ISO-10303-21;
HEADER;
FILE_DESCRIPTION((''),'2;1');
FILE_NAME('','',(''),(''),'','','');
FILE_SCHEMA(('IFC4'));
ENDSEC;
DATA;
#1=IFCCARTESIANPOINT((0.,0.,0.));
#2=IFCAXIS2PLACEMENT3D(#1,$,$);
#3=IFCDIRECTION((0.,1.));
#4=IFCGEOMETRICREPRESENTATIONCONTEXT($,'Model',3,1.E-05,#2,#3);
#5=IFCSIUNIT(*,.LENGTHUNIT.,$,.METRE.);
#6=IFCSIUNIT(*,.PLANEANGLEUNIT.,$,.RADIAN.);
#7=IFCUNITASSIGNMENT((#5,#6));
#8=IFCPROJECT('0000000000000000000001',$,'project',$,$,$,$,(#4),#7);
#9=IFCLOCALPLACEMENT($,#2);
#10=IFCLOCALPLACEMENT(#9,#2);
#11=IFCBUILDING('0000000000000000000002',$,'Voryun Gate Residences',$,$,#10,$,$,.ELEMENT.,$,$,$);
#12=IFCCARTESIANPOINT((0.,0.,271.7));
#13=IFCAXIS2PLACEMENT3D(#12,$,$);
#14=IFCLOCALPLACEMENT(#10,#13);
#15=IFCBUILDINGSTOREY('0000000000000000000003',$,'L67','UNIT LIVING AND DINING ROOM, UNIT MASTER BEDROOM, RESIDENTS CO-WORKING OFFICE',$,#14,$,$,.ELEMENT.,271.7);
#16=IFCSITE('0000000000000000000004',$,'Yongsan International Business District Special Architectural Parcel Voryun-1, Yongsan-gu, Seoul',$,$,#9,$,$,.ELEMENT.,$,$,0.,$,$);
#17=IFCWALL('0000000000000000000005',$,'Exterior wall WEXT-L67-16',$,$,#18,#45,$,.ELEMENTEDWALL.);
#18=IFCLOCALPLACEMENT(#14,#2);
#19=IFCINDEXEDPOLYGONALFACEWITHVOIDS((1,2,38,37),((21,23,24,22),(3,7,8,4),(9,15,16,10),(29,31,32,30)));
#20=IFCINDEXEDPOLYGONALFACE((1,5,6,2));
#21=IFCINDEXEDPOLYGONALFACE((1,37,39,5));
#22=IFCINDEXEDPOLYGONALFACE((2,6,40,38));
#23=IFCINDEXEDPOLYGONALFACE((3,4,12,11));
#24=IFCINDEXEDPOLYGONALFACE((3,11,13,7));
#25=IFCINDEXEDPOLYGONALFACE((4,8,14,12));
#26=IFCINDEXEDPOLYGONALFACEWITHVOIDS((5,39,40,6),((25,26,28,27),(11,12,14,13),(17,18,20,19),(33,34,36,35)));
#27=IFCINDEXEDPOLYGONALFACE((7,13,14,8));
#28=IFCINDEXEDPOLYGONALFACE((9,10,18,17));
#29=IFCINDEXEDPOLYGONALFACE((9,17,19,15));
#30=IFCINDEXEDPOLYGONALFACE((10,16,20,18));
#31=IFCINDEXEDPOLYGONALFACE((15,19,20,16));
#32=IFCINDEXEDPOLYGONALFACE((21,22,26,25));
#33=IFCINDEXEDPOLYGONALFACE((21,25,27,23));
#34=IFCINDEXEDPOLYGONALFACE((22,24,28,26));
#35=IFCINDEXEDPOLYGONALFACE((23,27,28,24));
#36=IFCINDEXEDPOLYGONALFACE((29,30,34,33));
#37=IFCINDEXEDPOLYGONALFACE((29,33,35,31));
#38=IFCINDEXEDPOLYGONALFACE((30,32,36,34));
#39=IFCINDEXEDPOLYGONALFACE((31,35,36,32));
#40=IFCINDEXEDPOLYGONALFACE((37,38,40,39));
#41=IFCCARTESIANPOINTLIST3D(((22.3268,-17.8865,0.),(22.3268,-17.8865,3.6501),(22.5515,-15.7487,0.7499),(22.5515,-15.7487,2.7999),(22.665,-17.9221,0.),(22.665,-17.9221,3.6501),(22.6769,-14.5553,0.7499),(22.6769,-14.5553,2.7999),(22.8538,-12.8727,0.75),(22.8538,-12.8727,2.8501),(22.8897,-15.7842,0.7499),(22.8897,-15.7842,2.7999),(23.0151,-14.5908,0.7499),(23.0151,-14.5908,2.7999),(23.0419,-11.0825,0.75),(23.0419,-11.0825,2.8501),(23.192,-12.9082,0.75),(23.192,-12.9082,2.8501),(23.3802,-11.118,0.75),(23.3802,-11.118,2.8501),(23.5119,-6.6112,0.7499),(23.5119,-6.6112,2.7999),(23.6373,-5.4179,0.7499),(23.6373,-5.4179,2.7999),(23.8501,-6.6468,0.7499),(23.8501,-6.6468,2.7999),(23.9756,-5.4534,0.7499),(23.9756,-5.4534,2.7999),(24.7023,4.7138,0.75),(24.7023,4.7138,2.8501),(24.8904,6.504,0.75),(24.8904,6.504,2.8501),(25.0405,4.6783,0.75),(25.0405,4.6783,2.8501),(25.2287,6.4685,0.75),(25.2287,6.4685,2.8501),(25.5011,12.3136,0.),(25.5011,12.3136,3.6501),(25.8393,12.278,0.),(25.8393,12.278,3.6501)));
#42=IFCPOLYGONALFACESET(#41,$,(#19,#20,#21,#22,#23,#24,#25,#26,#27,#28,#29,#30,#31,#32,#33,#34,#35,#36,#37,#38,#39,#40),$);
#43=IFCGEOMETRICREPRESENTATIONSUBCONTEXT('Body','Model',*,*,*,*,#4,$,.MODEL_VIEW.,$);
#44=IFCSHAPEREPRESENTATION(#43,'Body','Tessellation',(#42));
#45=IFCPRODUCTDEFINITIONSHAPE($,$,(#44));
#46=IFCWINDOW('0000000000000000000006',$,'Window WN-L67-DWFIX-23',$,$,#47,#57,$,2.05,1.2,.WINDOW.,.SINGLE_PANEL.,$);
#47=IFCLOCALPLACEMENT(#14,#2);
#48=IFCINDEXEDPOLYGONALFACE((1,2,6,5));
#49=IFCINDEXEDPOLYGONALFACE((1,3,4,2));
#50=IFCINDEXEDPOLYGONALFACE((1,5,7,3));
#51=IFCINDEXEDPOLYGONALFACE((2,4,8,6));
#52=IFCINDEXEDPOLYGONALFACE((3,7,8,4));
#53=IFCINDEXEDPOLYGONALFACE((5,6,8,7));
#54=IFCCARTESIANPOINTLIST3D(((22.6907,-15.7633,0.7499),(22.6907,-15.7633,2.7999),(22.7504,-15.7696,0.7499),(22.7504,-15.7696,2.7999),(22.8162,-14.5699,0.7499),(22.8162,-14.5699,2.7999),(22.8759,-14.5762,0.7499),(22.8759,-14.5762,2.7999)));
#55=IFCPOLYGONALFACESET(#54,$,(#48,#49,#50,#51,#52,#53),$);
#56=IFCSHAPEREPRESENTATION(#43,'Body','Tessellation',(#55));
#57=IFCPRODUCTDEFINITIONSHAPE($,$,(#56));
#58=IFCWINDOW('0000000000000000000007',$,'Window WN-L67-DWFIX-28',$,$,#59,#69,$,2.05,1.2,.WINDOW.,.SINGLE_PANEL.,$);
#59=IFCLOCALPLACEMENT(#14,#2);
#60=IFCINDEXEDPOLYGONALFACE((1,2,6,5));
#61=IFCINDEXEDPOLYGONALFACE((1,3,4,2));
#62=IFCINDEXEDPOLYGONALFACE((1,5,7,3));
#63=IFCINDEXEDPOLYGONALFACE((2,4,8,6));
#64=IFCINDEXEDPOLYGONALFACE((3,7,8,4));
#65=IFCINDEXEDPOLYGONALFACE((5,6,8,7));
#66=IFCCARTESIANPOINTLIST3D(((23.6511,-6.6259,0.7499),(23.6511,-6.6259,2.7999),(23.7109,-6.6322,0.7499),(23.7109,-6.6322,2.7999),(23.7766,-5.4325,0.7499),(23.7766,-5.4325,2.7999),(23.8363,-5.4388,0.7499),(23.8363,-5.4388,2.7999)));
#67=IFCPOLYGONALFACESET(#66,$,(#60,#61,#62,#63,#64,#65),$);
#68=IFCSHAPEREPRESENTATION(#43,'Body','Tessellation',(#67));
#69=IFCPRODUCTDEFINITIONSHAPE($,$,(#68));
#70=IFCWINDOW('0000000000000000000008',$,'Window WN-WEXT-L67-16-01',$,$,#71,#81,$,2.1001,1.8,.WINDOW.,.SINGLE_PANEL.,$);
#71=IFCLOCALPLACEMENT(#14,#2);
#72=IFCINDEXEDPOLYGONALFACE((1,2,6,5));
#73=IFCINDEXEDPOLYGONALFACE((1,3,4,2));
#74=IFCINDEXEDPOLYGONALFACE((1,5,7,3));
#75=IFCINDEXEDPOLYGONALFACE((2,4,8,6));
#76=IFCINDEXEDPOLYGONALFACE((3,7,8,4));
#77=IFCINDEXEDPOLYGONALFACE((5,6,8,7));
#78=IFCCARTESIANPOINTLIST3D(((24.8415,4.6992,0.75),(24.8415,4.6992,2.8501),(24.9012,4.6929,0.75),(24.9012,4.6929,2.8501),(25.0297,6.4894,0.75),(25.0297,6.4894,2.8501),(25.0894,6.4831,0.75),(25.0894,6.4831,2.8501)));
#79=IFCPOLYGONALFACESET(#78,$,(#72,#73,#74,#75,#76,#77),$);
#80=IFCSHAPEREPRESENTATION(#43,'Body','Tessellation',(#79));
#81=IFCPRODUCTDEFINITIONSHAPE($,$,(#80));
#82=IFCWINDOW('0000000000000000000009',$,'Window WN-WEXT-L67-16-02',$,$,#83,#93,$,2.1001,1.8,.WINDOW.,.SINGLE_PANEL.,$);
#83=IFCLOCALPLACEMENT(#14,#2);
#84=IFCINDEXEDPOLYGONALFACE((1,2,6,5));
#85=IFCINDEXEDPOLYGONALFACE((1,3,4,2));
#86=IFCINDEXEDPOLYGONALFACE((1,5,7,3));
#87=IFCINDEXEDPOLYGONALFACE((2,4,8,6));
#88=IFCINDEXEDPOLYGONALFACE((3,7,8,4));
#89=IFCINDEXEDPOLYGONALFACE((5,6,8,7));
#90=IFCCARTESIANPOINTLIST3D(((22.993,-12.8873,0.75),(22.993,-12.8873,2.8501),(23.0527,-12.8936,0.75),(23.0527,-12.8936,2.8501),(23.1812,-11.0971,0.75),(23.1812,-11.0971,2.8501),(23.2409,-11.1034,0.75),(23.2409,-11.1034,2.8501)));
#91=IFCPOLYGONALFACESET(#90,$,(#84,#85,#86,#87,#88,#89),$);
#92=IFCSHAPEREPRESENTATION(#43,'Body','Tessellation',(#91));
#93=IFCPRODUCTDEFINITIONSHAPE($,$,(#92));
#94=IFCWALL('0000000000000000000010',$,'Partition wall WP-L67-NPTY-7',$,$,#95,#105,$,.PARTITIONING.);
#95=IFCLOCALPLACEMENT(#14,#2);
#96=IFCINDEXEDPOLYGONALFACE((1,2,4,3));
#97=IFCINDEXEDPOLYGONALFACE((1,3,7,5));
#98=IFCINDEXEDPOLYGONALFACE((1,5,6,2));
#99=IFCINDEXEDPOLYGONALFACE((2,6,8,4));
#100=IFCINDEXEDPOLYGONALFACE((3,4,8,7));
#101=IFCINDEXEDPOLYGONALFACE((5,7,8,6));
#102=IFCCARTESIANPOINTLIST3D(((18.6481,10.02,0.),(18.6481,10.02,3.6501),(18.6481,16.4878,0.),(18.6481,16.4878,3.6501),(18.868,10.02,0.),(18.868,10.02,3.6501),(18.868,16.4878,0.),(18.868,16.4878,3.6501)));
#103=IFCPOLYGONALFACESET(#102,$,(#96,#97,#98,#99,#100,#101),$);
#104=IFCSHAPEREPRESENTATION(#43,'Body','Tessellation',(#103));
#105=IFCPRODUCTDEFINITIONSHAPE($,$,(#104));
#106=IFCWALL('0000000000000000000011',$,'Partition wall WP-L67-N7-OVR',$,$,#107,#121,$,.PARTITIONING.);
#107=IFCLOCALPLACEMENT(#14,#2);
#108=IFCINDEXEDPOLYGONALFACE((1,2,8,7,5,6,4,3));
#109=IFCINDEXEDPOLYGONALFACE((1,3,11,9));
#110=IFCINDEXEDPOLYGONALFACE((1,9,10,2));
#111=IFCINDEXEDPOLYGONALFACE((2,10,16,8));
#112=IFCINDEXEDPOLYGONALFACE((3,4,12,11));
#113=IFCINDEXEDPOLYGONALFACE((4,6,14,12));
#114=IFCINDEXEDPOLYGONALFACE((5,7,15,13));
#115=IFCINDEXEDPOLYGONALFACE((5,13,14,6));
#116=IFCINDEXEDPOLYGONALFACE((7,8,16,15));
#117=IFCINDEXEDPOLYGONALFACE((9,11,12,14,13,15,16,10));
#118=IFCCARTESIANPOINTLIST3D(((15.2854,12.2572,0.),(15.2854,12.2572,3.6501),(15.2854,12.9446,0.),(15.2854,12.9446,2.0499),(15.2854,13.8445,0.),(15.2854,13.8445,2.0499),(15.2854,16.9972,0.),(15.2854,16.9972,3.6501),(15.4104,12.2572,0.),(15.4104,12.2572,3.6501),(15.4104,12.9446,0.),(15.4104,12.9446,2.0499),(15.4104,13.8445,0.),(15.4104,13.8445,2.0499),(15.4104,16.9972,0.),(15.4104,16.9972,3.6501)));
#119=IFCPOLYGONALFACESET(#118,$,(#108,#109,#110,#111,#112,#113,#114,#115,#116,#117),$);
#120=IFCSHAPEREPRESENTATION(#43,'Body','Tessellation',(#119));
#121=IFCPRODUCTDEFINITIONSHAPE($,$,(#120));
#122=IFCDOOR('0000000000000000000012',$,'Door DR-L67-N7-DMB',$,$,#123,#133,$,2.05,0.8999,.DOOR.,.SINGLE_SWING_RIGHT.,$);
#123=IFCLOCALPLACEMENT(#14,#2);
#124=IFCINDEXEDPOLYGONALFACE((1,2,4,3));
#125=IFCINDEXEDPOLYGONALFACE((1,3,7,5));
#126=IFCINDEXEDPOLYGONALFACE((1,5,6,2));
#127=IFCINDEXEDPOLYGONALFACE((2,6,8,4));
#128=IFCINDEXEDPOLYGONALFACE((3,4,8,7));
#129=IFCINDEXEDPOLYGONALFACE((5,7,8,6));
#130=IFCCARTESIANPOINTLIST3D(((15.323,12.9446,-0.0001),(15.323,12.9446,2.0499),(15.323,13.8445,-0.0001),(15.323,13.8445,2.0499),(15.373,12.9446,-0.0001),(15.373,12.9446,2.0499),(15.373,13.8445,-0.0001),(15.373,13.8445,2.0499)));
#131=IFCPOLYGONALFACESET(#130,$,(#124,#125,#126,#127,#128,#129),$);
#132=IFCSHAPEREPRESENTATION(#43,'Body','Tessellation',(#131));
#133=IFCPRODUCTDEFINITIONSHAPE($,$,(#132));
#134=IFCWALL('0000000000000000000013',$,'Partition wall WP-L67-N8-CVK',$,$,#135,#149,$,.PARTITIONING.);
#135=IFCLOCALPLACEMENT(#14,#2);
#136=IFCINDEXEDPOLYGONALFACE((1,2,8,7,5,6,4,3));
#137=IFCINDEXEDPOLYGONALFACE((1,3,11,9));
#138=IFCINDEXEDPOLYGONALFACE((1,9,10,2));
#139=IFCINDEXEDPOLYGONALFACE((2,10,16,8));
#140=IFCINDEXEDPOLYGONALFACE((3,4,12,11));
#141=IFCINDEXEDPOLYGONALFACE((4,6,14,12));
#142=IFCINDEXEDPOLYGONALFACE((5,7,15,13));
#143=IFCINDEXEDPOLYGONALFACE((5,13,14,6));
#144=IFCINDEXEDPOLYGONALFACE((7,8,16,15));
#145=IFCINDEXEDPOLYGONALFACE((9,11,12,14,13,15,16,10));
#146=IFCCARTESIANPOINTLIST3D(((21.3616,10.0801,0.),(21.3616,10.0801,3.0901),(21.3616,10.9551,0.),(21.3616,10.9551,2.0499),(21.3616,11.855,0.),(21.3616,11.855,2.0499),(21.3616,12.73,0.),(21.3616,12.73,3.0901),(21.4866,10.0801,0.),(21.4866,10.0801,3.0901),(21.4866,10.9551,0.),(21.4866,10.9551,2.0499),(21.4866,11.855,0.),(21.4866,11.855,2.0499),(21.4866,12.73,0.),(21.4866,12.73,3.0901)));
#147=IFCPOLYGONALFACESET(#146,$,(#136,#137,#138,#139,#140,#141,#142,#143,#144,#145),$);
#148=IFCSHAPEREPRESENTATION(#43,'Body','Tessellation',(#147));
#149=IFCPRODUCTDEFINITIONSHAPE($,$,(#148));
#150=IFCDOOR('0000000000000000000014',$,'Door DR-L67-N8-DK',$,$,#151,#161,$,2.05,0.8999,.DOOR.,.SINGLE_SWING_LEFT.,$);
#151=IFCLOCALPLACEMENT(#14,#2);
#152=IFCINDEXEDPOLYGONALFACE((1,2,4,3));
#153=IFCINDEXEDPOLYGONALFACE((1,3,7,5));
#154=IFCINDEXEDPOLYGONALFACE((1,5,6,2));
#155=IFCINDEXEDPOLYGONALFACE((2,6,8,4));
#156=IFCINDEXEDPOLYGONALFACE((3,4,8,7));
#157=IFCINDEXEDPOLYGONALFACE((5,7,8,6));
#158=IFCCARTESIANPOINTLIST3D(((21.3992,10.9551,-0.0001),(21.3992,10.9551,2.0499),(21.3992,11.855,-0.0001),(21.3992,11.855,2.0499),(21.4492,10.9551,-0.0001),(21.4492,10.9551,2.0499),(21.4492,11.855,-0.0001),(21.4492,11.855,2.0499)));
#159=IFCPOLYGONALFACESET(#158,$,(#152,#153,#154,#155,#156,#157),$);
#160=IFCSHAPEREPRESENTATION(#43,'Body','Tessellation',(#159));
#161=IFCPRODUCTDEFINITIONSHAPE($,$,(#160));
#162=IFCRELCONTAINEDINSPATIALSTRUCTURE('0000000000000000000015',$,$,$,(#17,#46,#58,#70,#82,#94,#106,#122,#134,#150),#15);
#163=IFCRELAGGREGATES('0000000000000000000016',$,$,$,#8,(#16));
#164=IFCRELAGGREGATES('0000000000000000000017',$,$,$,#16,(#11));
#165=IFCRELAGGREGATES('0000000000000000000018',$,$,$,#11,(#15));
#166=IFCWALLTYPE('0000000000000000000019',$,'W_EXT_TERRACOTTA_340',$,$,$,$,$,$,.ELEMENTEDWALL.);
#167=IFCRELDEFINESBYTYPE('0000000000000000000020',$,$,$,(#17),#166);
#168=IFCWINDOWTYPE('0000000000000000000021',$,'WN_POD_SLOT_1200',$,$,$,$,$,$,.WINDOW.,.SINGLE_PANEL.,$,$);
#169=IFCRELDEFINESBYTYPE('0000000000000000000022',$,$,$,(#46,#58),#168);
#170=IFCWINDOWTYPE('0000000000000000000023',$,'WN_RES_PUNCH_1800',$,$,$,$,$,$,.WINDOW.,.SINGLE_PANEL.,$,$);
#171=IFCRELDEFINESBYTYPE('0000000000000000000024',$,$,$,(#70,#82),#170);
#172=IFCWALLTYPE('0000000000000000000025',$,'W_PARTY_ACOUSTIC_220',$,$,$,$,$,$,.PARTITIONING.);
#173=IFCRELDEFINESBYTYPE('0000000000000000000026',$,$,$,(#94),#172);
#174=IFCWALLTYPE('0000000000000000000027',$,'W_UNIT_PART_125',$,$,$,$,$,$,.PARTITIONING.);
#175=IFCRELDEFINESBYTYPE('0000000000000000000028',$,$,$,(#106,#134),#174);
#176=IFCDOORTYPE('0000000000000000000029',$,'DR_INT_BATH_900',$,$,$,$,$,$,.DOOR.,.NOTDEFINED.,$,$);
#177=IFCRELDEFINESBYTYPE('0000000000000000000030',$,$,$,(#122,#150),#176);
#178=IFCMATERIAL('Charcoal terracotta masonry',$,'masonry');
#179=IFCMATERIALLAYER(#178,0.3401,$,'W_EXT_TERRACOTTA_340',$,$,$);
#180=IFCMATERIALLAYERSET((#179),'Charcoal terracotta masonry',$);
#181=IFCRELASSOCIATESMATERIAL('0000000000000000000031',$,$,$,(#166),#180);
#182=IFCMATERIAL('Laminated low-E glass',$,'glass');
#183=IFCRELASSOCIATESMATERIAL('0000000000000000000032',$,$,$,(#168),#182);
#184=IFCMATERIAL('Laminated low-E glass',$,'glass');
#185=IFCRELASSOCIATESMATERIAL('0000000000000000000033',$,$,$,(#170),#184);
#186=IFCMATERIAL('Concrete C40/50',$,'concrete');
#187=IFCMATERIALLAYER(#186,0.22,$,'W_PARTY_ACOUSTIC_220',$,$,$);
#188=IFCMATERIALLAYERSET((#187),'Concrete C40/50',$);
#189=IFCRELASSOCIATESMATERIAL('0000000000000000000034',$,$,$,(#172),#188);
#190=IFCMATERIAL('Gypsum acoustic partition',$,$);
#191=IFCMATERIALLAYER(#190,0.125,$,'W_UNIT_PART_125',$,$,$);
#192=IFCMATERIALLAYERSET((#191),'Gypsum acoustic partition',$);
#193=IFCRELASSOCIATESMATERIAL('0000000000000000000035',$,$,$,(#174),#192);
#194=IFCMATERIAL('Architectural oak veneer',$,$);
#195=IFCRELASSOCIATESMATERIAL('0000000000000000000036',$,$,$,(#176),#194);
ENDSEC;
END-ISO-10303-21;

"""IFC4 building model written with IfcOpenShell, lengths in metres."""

from ifc_helpers import new_model, si_unit, direction, frame, frame_2d, origin, place, context, subcontext, project, spatial, rectangle, extrude, material, layer, layer_set, type_object, element, fill, save


model = new_model("IFC4")

# Units and contexts
model_context = context("Model", 3, precision=1e-05, world=origin(), true_north=direction((0.0, 1.0)))
body_context = subcontext(model_context, "Body", "Model", "MODEL_VIEW")
ifc_project = project(units=[si_unit("LENGTHUNIT", "METRE"), si_unit("PLANEANGLEUNIT", "RADIAN")], contexts=[model_context])

# Site, building, storey
site_placement = place(None, origin())
site = spatial("IfcSite", under=ifc_project, at=site_placement, Name="Yongsan International Business District Special Architectural Parcel Voryun-1, Yongsan-gu, Seoul", CompositionType="ELEMENT", RefElevation=0.0)
building_placement = place(site_placement, origin())
building = spatial("IfcBuilding", under=site, at=building_placement, Name="Voryun Gate Residences", CompositionType="ELEMENT")
storey_placement = place(building_placement, frame((0.0, 0.0, 271.7)))
storey = spatial("IfcBuildingStorey", under=building, at=storey_placement, Name="L67", Description="UNIT LIVING AND DINING ROOM, UNIT MASTER BEDROOM, RESIDENTS CO-WORKING OFFICE", CompositionType="ELEMENT", Elevation=271.7)

# Shared definitions
ifc_material_1 = material(Name="Charcoal terracotta masonry", Category="masonry")
ifc_layer_1 = layer(ifc_material_1, 0.3401, Name="W_EXT_TERRACOTTA_340")
ifc_layer_set_1 = layer_set([ifc_layer_1], Name="Charcoal terracotta masonry")
wall_type_1 = type_object("IfcWallType", Name="W_EXT_TERRACOTTA_340", PredefinedType="ELEMENTEDWALL", material=ifc_layer_set_1)

# Wall, openings, windows
wall_1_placement = place(storey_placement, frame((25.6702, 12.2957, 0.0), z_axis=(0.0, 0.0, 1.0), x_axis=(-0.104533, -0.994521, 0.0)))
wall_1 = element("IfcWall", 1, at=wall_1_placement, inside=storey, type_object=wall_type_1, Name="Exterior wall WEXT-L67-16", PredefinedType="ELEMENTEDWALL", context=body_context, shape_type="SweptSolid", body=[
    extrude(rectangle(XDim=30.3665, YDim=0.3401, at=frame_2d((15.1831, 0.0))), origin(), (0.0, 0.0, 1.0), 3.6501),
])
opening_1_placement = place(wall_1_placement, frame((5.8416, 0.0, 0.75)))
opening_1 = element("IfcOpeningElement", 2, at=opening_1_placement, cuts=wall_1, PredefinedType="OPENING", context=body_context, shape_type="SweptSolid", body=[
    extrude(rectangle(XDim=1.8, YDim=2.1001, at=frame_2d((0.8999, 1.05))), frame((0.0, 0.1799, 0.0), z_axis=(0.0, -1.0, 0.0), x_axis=(1.0, 0.0, 0.0)), (0.0, 0.0, 1.0), 0.3601),
])
opening_2_placement = place(wall_1_placement, frame((23.5249, 0.0, 0.75)))
opening_2 = element("IfcOpeningElement", 3, at=opening_2_placement, cuts=wall_1, PredefinedType="OPENING", context=body_context, shape_type="SweptSolid", body=[
    extrude(rectangle(XDim=1.8, YDim=2.1001, at=frame_2d((0.8999, 1.05))), frame((0.0, 0.1799, 0.0), z_axis=(0.0, -1.0, 0.0), x_axis=(1.0, 0.0, 0.0)), (0.0, 0.0, 1.0), 0.3601),
])
opening_3_placement = place(wall_1_placement, frame((27.0166, 0.0, 0.75)))
opening_3 = element("IfcOpeningElement", 4, at=opening_3_placement, cuts=wall_1, PredefinedType="OPENING", context=body_context, shape_type="SweptSolid", body=[
    extrude(rectangle(XDim=1.2, YDim=2.05, at=frame_2d((0.6001, 1.0249))), frame((0.0, 0.1799, 0.0), z_axis=(0.0, -1.0, 0.0), x_axis=(1.0, 0.0, 0.0)), (0.0, 0.0, 1.0), 0.3601),
])
opening_4_placement = place(wall_1_placement, frame((17.8289, 0.0, 0.75)))
opening_4 = element("IfcOpeningElement", 5, at=opening_4_placement, cuts=wall_1, PredefinedType="OPENING", context=body_context, shape_type="SweptSolid", body=[
    extrude(rectangle(XDim=1.2, YDim=2.05, at=frame_2d((0.6001, 1.0249))), frame((0.0, 0.1799, 0.0), z_axis=(0.0, -1.0, 0.0), x_axis=(1.0, 0.0, 0.0)), (0.0, 0.0, 1.0), 0.3601),
])
ifc_material_2 = material(Name="Laminated low-E glass", Category="glass")
window_type_1 = type_object("IfcWindowType", Name="WN_POD_SLOT_1200", PartitioningType="SINGLE_PANEL", PredefinedType="WINDOW", material=ifc_material_2)
window_1_placement = place(opening_3_placement, origin())
window_1 = element("IfcWindow", 6, at=window_1_placement, inside=storey, type_object=window_type_1, Name="Window WN-L67-DWFIX-23", OverallHeight=2.05, OverallWidth=1.2, PartitioningType="SINGLE_PANEL", PredefinedType="WINDOW", context=body_context, shape_type="SweptSolid", body=[
    extrude(rectangle(XDim=1.2, YDim=2.05, at=frame_2d((0.6001, 1.0249))), frame((0.0, 0.03, 0.0), z_axis=(0.0, -1.0, 0.0), x_axis=(1.0, 0.0, 0.0)), (0.0, 0.0, 1.0), 0.0601),
])
fill(opening_3, window_1)
window_2_placement = place(opening_4_placement, origin())
window_2 = element("IfcWindow", 7, at=window_2_placement, inside=storey, type_object=window_type_1, Name="Window WN-L67-DWFIX-28", OverallHeight=2.05, OverallWidth=1.2, PartitioningType="SINGLE_PANEL", PredefinedType="WINDOW", context=body_context, shape_type="SweptSolid", body=[
    extrude(rectangle(XDim=1.2, YDim=2.05, at=frame_2d((0.6001, 1.0249))), frame((0.0, 0.03, 0.0), z_axis=(0.0, -1.0, 0.0), x_axis=(1.0, 0.0, 0.0)), (0.0, 0.0, 1.0), 0.0601),
])
fill(opening_4, window_2)
ifc_material_3 = material(Name="Laminated low-E glass", Category="glass")
window_type_2 = type_object("IfcWindowType", Name="WN_RES_PUNCH_1800", PartitioningType="SINGLE_PANEL", PredefinedType="WINDOW", material=ifc_material_3)
window_3_placement = place(opening_1_placement, origin())
window_3 = element("IfcWindow", 8, at=window_3_placement, inside=storey, type_object=window_type_2, Name="Window WN-WEXT-L67-16-01", OverallHeight=2.1001, OverallWidth=1.8, PartitioningType="SINGLE_PANEL", PredefinedType="WINDOW", context=body_context, shape_type="SweptSolid", body=[
    extrude(rectangle(XDim=1.8, YDim=2.1001, at=frame_2d((0.8999, 1.05))), frame((0.0, 0.03, 0.0), z_axis=(0.0, -1.0, 0.0), x_axis=(1.0, 0.0, 0.0)), (0.0, 0.0, 1.0), 0.0601),
])
fill(opening_1, window_3)
window_4_placement = place(opening_2_placement, origin())
window_4 = element("IfcWindow", 9, at=window_4_placement, inside=storey, type_object=window_type_2, Name="Window WN-WEXT-L67-16-02", OverallHeight=2.1001, OverallWidth=1.8, PartitioningType="SINGLE_PANEL", PredefinedType="WINDOW", context=body_context, shape_type="SweptSolid", body=[
    extrude(rectangle(XDim=1.8, YDim=2.1001, at=frame_2d((0.8999, 1.05))), frame((0.0, 0.03, 0.0), z_axis=(0.0, -1.0, 0.0), x_axis=(1.0, 0.0, 0.0)), (0.0, 0.0, 1.0), 0.0601),
])
fill(opening_2, window_4)

# Wall
ifc_material_4 = material(Name="Concrete C40/50", Category="concrete")
ifc_layer_2 = layer(ifc_material_4, 0.22, Name="W_PARTY_ACOUSTIC_220")
ifc_layer_set_2 = layer_set([ifc_layer_2], Name="Concrete C40/50")
wall_type_2 = type_object("IfcWallType", Name="W_PARTY_ACOUSTIC_220", PredefinedType="PARTITIONING", material=ifc_layer_set_2)
wall_2_placement = place(storey_placement, frame((18.7581, 10.02, 0.0), z_axis=(0.0, 0.0, 1.0), x_axis=(0.0, 1.0, 0.0)))
element("IfcWall", 10, at=wall_2_placement, inside=storey, type_object=wall_type_2, Name="Partition wall WP-L67-NPTY-7", PredefinedType="PARTITIONING", context=body_context, shape_type="SweptSolid", body=[
    extrude(rectangle(XDim=6.4678, YDim=0.22, at=frame_2d((3.2339, 0.0))), origin(), (0.0, 0.0, 1.0), 3.6501),
])

# Walls, openings, doors
ifc_material_5 = material(Name="Gypsum acoustic partition")
ifc_layer_3 = layer(ifc_material_5, 0.125, Name="W_UNIT_PART_125")
ifc_layer_set_3 = layer_set([ifc_layer_3], Name="Gypsum acoustic partition")
wall_type_3 = type_object("IfcWallType", Name="W_UNIT_PART_125", PredefinedType="PARTITIONING", material=ifc_layer_set_3)
wall_3_placement = place(storey_placement, frame((15.3479, 12.2571, 0.0), z_axis=(0.0, 0.0, 1.0), x_axis=(0.0, 1.0, 0.0)))
wall_3 = element("IfcWall", 11, at=wall_3_placement, inside=storey, type_object=wall_type_3, Name="Partition wall WP-L67-N7-OVR", PredefinedType="PARTITIONING", context=body_context, shape_type="SweptSolid", body=[
    extrude(rectangle(XDim=4.74, YDim=0.125, at=frame_2d((2.3701, 0.0))), origin(), (0.0, 0.0, 1.0), 3.6501),
])
opening_5_placement = place(wall_3_placement, frame((0.6875, 0.0, 0.0)))
opening_5 = element("IfcOpeningElement", 12, at=opening_5_placement, cuts=wall_3, PredefinedType="OPENING", context=body_context, shape_type="SweptSolid", body=[
    extrude(rectangle(XDim=0.8999, YDim=2.05, at=frame_2d((0.45, 1.0249))), frame((0.0, 0.0725, 0.0), z_axis=(0.0, -1.0, 0.0), x_axis=(1.0, 0.0, 0.0)), (0.0, 0.0, 1.0), 0.145),
])
ifc_material_6 = material(Name="Architectural oak veneer")
door_type = type_object("IfcDoorType", Name="DR_INT_BATH_900", OperationType="NOTDEFINED", PredefinedType="DOOR", material=ifc_material_6)
door_1_placement = place(opening_5_placement, origin())
door_1 = element("IfcDoor", 13, at=door_1_placement, inside=storey, type_object=door_type, Name="Door DR-L67-N7-DMB", OperationType="SINGLE_SWING_RIGHT", OverallHeight=2.05, OverallWidth=0.8999, PredefinedType="DOOR", context=body_context, shape_type="SweptSolid", body=[
    extrude(rectangle(XDim=0.8999, YDim=2.05, at=frame_2d((0.45, 1.0249))), frame((0.0, 0.0249, 0.0), z_axis=(0.0, -1.0, 0.0), x_axis=(1.0, 0.0, 0.0)), (0.0, 0.0, 1.0), 0.05),
])
fill(opening_5, door_1)
wall_4_placement = place(storey_placement, frame((21.4241, 10.0801, 0.0), z_axis=(0.0, 0.0, 1.0), x_axis=(0.0, 1.0, 0.0)))
wall_4 = element("IfcWall", 14, at=wall_4_placement, inside=storey, type_object=wall_type_3, Name="Partition wall WP-L67-N8-CVK", PredefinedType="PARTITIONING", context=body_context, shape_type="SweptSolid", body=[
    extrude(rectangle(XDim=2.6499, YDim=0.125, at=frame_2d((1.325, 0.0))), origin(), (0.0, 0.0, 1.0), 3.0901),
])
opening_6_placement = place(wall_4_placement, frame((0.875, 0.0, 0.0)))
opening_6 = element("IfcOpeningElement", 15, at=opening_6_placement, cuts=wall_4, PredefinedType="OPENING", context=body_context, shape_type="SweptSolid", body=[
    extrude(rectangle(XDim=0.8999, YDim=2.05, at=frame_2d((0.45, 1.0249))), frame((0.0, 0.0725, 0.0), z_axis=(0.0, -1.0, 0.0), x_axis=(1.0, 0.0, 0.0)), (0.0, 0.0, 1.0), 0.145),
])
door_2_placement = place(opening_6_placement, origin())
door_2 = element("IfcDoor", 16, at=door_2_placement, inside=storey, type_object=door_type, Name="Door DR-L67-N8-DK", OperationType="SINGLE_SWING_LEFT", OverallHeight=2.05, OverallWidth=0.8999, PredefinedType="DOOR", context=body_context, shape_type="SweptSolid", body=[
    extrude(rectangle(XDim=0.8999, YDim=2.05, at=frame_2d((0.45, 1.0249))), frame((0.0, 0.0249, 0.0), z_axis=(0.0, -1.0, 0.0), x_axis=(1.0, 0.0, 0.0)), (0.0, 0.0, 1.0), 0.05),
])
fill(opening_6, door_2)

save(model, "model.ifc")
